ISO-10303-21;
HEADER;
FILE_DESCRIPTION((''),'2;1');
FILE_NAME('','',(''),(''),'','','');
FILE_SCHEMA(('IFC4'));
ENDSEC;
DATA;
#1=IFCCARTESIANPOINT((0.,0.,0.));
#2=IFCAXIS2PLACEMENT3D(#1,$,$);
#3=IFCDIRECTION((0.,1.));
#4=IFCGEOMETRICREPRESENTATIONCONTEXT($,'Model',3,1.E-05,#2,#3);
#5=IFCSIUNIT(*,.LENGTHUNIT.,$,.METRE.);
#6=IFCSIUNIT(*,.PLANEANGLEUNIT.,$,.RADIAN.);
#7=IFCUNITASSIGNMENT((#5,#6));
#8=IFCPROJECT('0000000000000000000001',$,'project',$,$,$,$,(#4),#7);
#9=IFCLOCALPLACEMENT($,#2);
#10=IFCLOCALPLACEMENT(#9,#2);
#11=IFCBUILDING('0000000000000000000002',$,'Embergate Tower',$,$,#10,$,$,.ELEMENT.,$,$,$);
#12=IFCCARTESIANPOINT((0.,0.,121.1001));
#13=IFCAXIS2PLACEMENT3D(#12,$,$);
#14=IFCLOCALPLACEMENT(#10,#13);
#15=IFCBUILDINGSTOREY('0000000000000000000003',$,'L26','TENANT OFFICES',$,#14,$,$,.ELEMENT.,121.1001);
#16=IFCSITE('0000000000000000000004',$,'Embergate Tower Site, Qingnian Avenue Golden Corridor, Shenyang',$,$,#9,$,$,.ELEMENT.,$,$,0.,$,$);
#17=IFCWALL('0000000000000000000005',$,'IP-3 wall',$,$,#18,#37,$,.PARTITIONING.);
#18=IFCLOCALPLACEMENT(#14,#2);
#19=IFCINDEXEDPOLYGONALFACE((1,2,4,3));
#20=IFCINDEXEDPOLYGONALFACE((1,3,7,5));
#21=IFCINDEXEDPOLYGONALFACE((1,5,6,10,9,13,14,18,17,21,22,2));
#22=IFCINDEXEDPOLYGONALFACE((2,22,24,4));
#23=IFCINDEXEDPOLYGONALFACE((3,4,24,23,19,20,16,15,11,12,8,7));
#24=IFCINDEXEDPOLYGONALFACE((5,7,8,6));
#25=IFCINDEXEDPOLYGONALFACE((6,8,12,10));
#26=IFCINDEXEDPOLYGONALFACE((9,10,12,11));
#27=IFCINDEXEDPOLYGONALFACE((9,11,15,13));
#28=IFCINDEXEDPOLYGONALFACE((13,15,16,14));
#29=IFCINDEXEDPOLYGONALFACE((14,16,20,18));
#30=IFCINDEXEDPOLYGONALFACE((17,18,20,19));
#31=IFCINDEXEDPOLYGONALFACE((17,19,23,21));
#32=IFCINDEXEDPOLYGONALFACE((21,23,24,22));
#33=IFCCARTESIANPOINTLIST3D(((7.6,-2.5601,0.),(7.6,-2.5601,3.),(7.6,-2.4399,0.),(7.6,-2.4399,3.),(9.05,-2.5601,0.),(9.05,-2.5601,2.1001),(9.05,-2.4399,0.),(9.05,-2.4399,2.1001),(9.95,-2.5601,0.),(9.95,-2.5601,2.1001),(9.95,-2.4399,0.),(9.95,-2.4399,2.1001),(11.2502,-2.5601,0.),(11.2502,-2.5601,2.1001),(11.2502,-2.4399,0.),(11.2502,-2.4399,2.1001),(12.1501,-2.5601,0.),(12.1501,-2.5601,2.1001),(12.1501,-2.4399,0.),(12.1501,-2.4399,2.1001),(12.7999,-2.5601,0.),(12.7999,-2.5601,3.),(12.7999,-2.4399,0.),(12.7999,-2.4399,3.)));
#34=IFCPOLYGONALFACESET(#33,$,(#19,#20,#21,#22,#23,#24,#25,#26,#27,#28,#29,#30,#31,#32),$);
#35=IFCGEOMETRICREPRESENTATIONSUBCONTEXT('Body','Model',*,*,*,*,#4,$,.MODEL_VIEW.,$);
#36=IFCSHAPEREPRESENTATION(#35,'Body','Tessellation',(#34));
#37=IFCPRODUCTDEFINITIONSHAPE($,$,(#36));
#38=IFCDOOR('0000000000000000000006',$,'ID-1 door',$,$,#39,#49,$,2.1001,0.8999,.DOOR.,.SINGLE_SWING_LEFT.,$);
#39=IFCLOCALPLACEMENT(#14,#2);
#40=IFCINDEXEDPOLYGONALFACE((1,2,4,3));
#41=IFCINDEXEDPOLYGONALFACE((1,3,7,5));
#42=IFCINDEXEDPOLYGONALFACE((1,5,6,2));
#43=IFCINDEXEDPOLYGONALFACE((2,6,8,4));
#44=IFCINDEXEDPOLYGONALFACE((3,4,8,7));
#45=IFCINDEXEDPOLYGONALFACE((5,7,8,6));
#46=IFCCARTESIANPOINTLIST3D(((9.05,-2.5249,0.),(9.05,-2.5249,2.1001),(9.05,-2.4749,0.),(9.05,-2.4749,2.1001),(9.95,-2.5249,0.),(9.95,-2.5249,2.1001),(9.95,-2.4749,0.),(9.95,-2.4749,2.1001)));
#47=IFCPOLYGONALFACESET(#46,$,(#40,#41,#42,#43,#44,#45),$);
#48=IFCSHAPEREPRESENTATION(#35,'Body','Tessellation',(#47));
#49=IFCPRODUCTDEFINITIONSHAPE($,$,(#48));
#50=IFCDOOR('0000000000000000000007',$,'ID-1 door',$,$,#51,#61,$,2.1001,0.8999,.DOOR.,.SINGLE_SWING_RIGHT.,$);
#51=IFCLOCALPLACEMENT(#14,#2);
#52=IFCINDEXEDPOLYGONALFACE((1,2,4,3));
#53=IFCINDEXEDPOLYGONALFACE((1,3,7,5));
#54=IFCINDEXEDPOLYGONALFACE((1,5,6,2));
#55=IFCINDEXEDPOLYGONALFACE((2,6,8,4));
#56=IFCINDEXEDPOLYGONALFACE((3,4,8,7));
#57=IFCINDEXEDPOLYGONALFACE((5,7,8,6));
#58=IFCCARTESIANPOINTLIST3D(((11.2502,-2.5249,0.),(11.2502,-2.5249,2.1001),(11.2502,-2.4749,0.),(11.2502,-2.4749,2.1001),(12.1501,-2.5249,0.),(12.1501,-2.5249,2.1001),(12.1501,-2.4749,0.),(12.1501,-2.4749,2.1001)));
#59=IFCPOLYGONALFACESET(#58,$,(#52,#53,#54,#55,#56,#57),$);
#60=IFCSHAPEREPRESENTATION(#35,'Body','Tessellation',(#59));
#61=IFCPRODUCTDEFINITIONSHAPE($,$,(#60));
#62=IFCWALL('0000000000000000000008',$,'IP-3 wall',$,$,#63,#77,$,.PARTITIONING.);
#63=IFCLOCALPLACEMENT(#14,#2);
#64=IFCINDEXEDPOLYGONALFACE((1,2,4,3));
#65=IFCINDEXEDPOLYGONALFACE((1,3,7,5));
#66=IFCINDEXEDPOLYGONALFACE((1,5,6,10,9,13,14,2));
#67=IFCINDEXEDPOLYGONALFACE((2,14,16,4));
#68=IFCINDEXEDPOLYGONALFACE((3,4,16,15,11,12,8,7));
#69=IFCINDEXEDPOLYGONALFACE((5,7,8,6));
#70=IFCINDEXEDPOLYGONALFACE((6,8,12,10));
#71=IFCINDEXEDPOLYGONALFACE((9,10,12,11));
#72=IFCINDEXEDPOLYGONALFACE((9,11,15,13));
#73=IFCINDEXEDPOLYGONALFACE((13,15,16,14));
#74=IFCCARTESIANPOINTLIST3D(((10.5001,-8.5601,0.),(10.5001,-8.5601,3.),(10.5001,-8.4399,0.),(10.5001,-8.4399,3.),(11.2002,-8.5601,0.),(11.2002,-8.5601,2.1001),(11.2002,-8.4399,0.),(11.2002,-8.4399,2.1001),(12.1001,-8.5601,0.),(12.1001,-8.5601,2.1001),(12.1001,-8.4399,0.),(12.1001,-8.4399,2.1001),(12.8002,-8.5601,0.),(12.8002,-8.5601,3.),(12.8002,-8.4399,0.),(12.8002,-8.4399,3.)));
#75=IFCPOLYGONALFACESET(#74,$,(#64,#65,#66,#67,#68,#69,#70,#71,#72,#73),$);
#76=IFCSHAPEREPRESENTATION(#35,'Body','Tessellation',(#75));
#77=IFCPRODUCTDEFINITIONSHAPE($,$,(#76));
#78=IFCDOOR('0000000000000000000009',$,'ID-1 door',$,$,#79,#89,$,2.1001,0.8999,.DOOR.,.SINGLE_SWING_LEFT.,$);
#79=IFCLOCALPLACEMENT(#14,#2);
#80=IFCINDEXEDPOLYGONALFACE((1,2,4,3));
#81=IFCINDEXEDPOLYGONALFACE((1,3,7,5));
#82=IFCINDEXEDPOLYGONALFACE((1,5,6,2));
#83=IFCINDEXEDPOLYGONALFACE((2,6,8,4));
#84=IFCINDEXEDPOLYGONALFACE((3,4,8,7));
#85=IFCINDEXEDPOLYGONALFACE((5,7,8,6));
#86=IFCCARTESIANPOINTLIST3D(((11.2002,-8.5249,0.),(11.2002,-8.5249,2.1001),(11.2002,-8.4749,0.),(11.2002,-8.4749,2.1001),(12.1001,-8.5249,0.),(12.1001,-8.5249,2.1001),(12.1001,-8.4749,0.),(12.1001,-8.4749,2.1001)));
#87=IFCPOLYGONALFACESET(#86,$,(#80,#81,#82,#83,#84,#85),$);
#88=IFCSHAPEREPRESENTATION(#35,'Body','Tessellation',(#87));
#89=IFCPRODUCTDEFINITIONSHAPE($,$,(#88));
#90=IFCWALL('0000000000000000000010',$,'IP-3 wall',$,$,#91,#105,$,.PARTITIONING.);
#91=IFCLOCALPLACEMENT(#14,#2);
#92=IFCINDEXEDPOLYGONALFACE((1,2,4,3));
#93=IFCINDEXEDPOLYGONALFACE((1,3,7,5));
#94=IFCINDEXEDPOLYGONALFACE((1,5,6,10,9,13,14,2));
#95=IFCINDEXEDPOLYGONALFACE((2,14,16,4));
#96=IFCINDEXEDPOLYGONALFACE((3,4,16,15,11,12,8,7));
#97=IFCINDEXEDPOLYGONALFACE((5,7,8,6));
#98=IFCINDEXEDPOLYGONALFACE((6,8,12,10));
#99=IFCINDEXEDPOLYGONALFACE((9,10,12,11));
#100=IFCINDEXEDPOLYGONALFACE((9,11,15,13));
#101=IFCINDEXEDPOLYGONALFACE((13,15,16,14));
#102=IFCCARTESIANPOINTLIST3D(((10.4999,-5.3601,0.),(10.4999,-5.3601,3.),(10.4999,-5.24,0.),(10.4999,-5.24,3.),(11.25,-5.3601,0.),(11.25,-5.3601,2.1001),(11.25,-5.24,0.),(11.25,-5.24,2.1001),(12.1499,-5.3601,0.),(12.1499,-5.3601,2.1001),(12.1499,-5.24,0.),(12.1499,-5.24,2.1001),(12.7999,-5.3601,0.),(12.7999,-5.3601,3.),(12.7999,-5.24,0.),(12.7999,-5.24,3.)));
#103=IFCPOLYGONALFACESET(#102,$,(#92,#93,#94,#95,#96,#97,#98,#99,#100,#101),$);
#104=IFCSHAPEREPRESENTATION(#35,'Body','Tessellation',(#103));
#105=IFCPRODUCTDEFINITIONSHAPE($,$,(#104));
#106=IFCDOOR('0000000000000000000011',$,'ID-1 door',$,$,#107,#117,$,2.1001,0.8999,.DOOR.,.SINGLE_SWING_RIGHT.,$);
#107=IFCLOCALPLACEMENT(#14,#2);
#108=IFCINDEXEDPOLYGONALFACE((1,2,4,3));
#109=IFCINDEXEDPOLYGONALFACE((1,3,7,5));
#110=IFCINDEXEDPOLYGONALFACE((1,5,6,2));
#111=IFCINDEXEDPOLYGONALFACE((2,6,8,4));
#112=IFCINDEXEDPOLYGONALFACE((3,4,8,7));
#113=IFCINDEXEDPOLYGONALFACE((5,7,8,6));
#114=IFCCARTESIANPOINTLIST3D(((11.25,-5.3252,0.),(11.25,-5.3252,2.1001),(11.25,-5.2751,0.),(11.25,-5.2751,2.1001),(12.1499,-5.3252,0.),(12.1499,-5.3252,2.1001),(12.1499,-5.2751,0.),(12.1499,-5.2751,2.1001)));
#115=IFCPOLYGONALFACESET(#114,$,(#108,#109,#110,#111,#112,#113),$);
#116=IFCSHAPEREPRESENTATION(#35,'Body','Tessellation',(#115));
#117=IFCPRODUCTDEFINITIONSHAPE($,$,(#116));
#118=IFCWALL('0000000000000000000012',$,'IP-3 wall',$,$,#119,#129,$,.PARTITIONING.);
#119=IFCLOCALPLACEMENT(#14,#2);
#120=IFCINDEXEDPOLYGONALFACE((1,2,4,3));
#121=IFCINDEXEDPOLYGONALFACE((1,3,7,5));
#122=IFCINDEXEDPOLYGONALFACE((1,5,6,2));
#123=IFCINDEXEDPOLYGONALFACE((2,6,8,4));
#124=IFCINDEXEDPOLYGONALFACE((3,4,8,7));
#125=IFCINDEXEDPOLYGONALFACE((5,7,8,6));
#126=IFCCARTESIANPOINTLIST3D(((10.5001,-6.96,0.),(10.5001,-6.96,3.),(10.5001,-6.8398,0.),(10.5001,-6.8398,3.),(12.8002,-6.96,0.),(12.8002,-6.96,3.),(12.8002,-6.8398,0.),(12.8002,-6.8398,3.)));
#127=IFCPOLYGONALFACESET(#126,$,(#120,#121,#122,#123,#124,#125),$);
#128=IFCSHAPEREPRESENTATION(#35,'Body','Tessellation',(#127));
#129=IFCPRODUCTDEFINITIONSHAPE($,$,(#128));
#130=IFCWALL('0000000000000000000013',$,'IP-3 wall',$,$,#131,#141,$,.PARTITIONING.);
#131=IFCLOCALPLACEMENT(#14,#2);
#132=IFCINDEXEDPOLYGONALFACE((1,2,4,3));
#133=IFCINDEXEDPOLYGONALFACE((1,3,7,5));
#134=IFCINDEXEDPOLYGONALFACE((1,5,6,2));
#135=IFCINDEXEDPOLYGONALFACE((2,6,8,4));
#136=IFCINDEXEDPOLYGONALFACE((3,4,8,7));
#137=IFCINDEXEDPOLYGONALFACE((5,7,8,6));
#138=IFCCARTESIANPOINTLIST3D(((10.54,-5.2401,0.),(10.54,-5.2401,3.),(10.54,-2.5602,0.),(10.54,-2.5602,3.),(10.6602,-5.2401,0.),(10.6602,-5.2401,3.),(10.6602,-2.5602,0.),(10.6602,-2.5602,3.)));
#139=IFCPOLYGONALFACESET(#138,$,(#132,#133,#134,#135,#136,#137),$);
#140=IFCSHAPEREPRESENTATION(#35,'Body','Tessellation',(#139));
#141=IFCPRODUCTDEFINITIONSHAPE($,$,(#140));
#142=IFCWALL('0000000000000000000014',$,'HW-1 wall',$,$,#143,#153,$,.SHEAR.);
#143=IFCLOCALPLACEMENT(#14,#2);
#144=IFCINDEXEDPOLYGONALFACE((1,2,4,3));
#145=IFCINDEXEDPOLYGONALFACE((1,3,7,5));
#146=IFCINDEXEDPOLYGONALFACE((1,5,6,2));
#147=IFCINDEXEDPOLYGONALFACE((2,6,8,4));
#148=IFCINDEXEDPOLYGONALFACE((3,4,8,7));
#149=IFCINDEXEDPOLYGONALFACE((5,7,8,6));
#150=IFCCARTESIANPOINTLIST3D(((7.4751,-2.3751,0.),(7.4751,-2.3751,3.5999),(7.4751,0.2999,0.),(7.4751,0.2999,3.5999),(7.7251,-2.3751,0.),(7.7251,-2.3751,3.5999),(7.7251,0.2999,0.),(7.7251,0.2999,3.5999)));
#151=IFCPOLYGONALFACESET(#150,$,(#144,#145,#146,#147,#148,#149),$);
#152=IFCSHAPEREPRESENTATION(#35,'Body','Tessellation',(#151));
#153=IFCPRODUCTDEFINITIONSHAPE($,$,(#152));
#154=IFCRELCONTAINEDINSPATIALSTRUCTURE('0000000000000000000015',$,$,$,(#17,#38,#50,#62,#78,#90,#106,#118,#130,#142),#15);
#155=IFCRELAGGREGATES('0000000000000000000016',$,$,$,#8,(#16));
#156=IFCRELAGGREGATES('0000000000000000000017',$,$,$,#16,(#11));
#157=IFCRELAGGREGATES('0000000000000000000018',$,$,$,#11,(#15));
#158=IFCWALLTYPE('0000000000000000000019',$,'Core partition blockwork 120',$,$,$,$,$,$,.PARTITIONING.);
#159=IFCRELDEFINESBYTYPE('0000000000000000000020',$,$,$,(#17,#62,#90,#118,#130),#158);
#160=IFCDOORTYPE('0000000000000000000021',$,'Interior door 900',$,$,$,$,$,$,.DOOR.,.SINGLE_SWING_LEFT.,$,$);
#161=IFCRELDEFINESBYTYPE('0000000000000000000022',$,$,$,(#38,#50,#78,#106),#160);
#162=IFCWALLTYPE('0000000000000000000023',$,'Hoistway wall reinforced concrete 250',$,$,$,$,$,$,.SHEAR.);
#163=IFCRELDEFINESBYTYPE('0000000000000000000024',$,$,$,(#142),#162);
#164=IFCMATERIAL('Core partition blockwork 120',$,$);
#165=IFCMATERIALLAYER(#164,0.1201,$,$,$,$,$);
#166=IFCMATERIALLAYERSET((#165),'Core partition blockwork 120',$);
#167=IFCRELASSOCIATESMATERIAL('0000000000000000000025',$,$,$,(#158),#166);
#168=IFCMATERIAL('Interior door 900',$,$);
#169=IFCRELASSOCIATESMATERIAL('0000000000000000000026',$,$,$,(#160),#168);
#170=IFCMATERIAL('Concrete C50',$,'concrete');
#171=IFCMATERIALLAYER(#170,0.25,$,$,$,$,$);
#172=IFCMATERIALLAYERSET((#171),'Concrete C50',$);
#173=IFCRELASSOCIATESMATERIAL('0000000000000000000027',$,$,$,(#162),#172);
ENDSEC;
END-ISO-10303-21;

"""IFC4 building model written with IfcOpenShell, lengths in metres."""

from ifc_helpers import new_model, si_unit, direction, frame, frame_2d, origin, place, context, subcontext, project, spatial, rectangle, extrude, source, transform, mapped, material, layer, layer_set, type_object, element, fill, save


model = new_model("IFC4")

# Units and contexts
model_context = context("Model", 3, precision=1e-05, world=origin(), true_north=direction((0.0, 1.0)))
body_context = subcontext(model_context, "Body", "Model", "MODEL_VIEW")
ifc_project = project(units=[si_unit("LENGTHUNIT", "METRE"), si_unit("PLANEANGLEUNIT", "RADIAN")], contexts=[model_context])

# Site, building, storey
site_placement = place(None, origin())
site = spatial("IfcSite", under=ifc_project, at=site_placement, Name="Embergate Tower Site, Qingnian Avenue Golden Corridor, Shenyang", CompositionType="ELEMENT", RefElevation=0.0)
building_placement = place(site_placement, origin())
building = spatial("IfcBuilding", under=site, at=building_placement, Name="Embergate Tower", CompositionType="ELEMENT")
storey_placement = place(building_placement, frame((0.0, 0.0, 121.1001)))
storey = spatial("IfcBuildingStorey", under=building, at=storey_placement, Name="L26", Description="TENANT OFFICES", CompositionType="ELEMENT", Elevation=121.1001)

# Shared definitions
ifc_material_1 = material(Name="Core partition blockwork 120")
ifc_layer_1 = layer(ifc_material_1, 0.1201)
ifc_layer_set_1 = layer_set([ifc_layer_1], Name="Core partition blockwork 120")
wall_type_1 = type_object("IfcWallType", Name="Core partition blockwork 120", PredefinedType="PARTITIONING", material=ifc_layer_set_1)
shared_shape_1 = source(origin(), body_context, "Body", "SweptSolid", [
    extrude(rectangle(XDim=0.8999, YDim=2.1001, at=frame_2d((0.45, 1.05))), frame((0.0, 0.0701, 0.0), z_axis=(0.0, -1.0, 0.0), x_axis=(1.0, 0.0, 0.0)), (0.0, 0.0, 1.0), 0.1401),
])
ifc_material_2 = material(Name="Interior door 900")
door_type_1 = type_object("IfcDoorType", Name="Interior door 900", OperationType="SINGLE_SWING_LEFT", PredefinedType="DOOR", material=ifc_material_2)
shared_shape_2 = source(origin(), body_context, "Body", "SweptSolid", [
    extrude(rectangle(XDim=0.8999, YDim=2.1001, at=frame_2d((0.45, 1.05))), frame((0.0, 0.0249, 0.0), z_axis=(0.0, -1.0, 0.0), x_axis=(1.0, 0.0, 0.0)), (0.0, 0.0, 1.0), 0.05),
])

# Wall, openings, doors
shared_shape_3 = source(origin(), body_context, "Body", "SweptSolid", [
    extrude(rectangle(XDim=5.2, YDim=0.1201, at=frame_2d((2.6001, 0.0))), origin(), (0.0, 0.0, 1.0), 3.0),
])
wall_1_placement = place(storey_placement, frame((12.8, -2.5, 0.0), z_axis=(0.0, 0.0, 1.0), x_axis=(-1.0, 0.0, 0.0)))
wall_1 = element("IfcWall", 1, at=wall_1_placement, inside=storey, type_object=wall_type_1, Name="IP-3 wall", PredefinedType="PARTITIONING", context=body_context, shape_type="MappedRepresentation", body=[
    mapped(shared_shape_3, transform((0.0, 0.0, 0.0))),
])
opening_1_placement = place(wall_1_placement, frame((2.8501, 0.0, 0.0)))
opening_1 = element("IfcOpeningElement", 2, at=opening_1_placement, cuts=wall_1, PredefinedType="OPENING", context=body_context, shape_type="MappedRepresentation", body=[
    mapped(shared_shape_1, transform((0.0, 0.0, 0.0))),
])
opening_2_placement = place(wall_1_placement, frame((0.6499, 0.0, 0.0)))
opening_2 = element("IfcOpeningElement", 3, at=opening_2_placement, cuts=wall_1, PredefinedType="OPENING", context=body_context, shape_type="MappedRepresentation", body=[
    mapped(shared_shape_1, transform((0.0, 0.0, 0.0))),
])
door_1_placement = place(opening_1_placement, origin())
door_1 = element("IfcDoor", 4, at=door_1_placement, inside=storey, type_object=door_type_1, Name="ID-1 door", OperationType="SINGLE_SWING_LEFT", OverallHeight=2.1001, OverallWidth=0.8999, PredefinedType="DOOR", context=body_context, shape_type="MappedRepresentation", body=[
    mapped(shared_shape_2, transform((0.0, 0.0, 0.0))),
])
fill(opening_1, door_1)
door_2_placement = place(opening_2_placement, origin())
door_2 = element("IfcDoor", 5, at=door_2_placement, inside=storey, type_object=door_type_1, Name="ID-1 door", OperationType="SINGLE_SWING_RIGHT", OverallHeight=2.1001, OverallWidth=0.8999, PredefinedType="DOOR", context=body_context, shape_type="MappedRepresentation", body=[
    mapped(shared_shape_2, transform((0.0, 0.0, 0.0))),
])
fill(opening_2, door_2)

# Walls, openings, doors
shared_shape_4 = source(origin(), body_context, "Body", "SweptSolid", [
    extrude(rectangle(XDim=2.3, YDim=0.1201, at=frame_2d((1.1499, 0.0))), origin(), (0.0, 0.0, 1.0), 3.0),
])
wall_2_placement = place(storey_placement, frame((12.8, -8.5, 0.0), z_axis=(0.0, 0.0, 1.0), x_axis=(-1.0, 0.0, 0.0)))
wall_2 = element("IfcWall", 6, at=wall_2_placement, inside=storey, type_object=wall_type_1, Name="IP-3 wall", PredefinedType="PARTITIONING", context=body_context, shape_type="MappedRepresentation", body=[
    mapped(shared_shape_4, transform((0.0, 0.0, 0.0))),
])
opening_3_placement = place(wall_2_placement, frame((0.7, 0.0, 0.0)))
opening_3 = element("IfcOpeningElement", 7, at=opening_3_placement, cuts=wall_2, PredefinedType="OPENING", context=body_context, shape_type="MappedRepresentation", body=[
    mapped(shared_shape_1, transform((0.0, 0.0, 0.0))),
])
door_3_placement = place(opening_3_placement, origin())
door_3 = element("IfcDoor", 8, at=door_3_placement, inside=storey, type_object=door_type_1, Name="ID-1 door", OperationType="SINGLE_SWING_LEFT", OverallHeight=2.1001, OverallWidth=0.8999, PredefinedType="DOOR", context=body_context, shape_type="MappedRepresentation", body=[
    mapped(shared_shape_2, transform((0.0, 0.0, 0.0))),
])
fill(opening_3, door_3)
wall_3_placement = place(storey_placement, frame((10.5, -5.3, 0.0), z_axis=(0.0, 0.0, 1.0), x_axis=(1.0, 0.0, 0.0)))
wall_3 = element("IfcWall", 9, at=wall_3_placement, inside=storey, type_object=wall_type_1, Name="IP-3 wall", PredefinedType="PARTITIONING", context=body_context, shape_type="MappedRepresentation", body=[
    mapped(shared_shape_4, transform((0.0, 0.0, 0.0))),
])
opening_4_placement = place(wall_3_placement, frame((0.75, 0.0, 0.0)))
opening_4 = element("IfcOpeningElement", 10, at=opening_4_placement, cuts=wall_3, PredefinedType="OPENING", context=body_context, shape_type="MappedRepresentation", body=[
    mapped(shared_shape_1, transform((0.0, 0.0, 0.0))),
])
door_4_placement = place(opening_4_placement, origin())
door_4 = element("IfcDoor", 11, at=door_4_placement, inside=storey, type_object=door_type_1, Name="ID-1 door", OperationType="SINGLE_SWING_RIGHT", OverallHeight=2.1001, OverallWidth=0.8999, PredefinedType="DOOR", context=body_context, shape_type="MappedRepresentation", body=[
    mapped(shared_shape_2, transform((0.0, 0.0, 0.0))),
])
fill(opening_4, door_4)

# Walls
wall_4_placement = place(storey_placement, frame((12.8, -6.8999, 0.0), z_axis=(0.0, 0.0, 1.0), x_axis=(-1.0, 0.0, 0.0)))
element("IfcWall", 12, at=wall_4_placement, inside=storey, type_object=wall_type_1, Name="IP-3 wall", PredefinedType="PARTITIONING", context=body_context, shape_type="MappedRepresentation", body=[
    mapped(shared_shape_4, transform((0.0, 0.0, 0.0))),
])
shared_shape_5 = source(origin(), body_context, "Body", "SweptSolid", [
    extrude(rectangle(XDim=2.6799, YDim=0.1201, at=frame_2d((1.3398, 0.0))), origin(), (0.0, 0.0, 1.0), 3.0),
])
wall_5_placement = place(storey_placement, frame((10.6001, -5.24, 0.0), z_axis=(0.0, 0.0, 1.0), x_axis=(0.0, 1.0, 0.0)))
element("IfcWall", 13, at=wall_5_placement, inside=storey, type_object=wall_type_1, Name="IP-3 wall", PredefinedType="PARTITIONING", context=body_context, shape_type="MappedRepresentation", body=[
    mapped(shared_shape_5, transform((0.0, 0.0, 0.0))),
])
ifc_material_3 = material(Name="Concrete C50", Category="concrete")
ifc_layer_2 = layer(ifc_material_3, 0.25)
ifc_layer_set_2 = layer_set([ifc_layer_2], Name="Concrete C50")
wall_type_2 = type_object("IfcWallType", Name="Hoistway wall reinforced concrete 250", PredefinedType="SHEAR", material=ifc_layer_set_2)
shared_shape_6 = source(origin(), body_context, "Body", "SweptSolid", [
    extrude(rectangle(XDim=2.675, YDim=0.25, at=frame_2d((1.3374, 0.0))), origin(), (0.0, 0.0, 1.0), 3.5999),
])
wall_6_placement = place(storey_placement, frame((7.6001, -2.375, 0.0), z_axis=(0.0, 0.0, 1.0), x_axis=(0.0, 1.0, 0.0)))
element("IfcWall", 14, at=wall_6_placement, inside=storey, type_object=wall_type_2, Name="HW-1 wall", PredefinedType="SHEAR", context=body_context, shape_type="MappedRepresentation", body=[
    mapped(shared_shape_6, transform((0.0, 0.0, 0.0))),
])

save(model, "model.ifc")
